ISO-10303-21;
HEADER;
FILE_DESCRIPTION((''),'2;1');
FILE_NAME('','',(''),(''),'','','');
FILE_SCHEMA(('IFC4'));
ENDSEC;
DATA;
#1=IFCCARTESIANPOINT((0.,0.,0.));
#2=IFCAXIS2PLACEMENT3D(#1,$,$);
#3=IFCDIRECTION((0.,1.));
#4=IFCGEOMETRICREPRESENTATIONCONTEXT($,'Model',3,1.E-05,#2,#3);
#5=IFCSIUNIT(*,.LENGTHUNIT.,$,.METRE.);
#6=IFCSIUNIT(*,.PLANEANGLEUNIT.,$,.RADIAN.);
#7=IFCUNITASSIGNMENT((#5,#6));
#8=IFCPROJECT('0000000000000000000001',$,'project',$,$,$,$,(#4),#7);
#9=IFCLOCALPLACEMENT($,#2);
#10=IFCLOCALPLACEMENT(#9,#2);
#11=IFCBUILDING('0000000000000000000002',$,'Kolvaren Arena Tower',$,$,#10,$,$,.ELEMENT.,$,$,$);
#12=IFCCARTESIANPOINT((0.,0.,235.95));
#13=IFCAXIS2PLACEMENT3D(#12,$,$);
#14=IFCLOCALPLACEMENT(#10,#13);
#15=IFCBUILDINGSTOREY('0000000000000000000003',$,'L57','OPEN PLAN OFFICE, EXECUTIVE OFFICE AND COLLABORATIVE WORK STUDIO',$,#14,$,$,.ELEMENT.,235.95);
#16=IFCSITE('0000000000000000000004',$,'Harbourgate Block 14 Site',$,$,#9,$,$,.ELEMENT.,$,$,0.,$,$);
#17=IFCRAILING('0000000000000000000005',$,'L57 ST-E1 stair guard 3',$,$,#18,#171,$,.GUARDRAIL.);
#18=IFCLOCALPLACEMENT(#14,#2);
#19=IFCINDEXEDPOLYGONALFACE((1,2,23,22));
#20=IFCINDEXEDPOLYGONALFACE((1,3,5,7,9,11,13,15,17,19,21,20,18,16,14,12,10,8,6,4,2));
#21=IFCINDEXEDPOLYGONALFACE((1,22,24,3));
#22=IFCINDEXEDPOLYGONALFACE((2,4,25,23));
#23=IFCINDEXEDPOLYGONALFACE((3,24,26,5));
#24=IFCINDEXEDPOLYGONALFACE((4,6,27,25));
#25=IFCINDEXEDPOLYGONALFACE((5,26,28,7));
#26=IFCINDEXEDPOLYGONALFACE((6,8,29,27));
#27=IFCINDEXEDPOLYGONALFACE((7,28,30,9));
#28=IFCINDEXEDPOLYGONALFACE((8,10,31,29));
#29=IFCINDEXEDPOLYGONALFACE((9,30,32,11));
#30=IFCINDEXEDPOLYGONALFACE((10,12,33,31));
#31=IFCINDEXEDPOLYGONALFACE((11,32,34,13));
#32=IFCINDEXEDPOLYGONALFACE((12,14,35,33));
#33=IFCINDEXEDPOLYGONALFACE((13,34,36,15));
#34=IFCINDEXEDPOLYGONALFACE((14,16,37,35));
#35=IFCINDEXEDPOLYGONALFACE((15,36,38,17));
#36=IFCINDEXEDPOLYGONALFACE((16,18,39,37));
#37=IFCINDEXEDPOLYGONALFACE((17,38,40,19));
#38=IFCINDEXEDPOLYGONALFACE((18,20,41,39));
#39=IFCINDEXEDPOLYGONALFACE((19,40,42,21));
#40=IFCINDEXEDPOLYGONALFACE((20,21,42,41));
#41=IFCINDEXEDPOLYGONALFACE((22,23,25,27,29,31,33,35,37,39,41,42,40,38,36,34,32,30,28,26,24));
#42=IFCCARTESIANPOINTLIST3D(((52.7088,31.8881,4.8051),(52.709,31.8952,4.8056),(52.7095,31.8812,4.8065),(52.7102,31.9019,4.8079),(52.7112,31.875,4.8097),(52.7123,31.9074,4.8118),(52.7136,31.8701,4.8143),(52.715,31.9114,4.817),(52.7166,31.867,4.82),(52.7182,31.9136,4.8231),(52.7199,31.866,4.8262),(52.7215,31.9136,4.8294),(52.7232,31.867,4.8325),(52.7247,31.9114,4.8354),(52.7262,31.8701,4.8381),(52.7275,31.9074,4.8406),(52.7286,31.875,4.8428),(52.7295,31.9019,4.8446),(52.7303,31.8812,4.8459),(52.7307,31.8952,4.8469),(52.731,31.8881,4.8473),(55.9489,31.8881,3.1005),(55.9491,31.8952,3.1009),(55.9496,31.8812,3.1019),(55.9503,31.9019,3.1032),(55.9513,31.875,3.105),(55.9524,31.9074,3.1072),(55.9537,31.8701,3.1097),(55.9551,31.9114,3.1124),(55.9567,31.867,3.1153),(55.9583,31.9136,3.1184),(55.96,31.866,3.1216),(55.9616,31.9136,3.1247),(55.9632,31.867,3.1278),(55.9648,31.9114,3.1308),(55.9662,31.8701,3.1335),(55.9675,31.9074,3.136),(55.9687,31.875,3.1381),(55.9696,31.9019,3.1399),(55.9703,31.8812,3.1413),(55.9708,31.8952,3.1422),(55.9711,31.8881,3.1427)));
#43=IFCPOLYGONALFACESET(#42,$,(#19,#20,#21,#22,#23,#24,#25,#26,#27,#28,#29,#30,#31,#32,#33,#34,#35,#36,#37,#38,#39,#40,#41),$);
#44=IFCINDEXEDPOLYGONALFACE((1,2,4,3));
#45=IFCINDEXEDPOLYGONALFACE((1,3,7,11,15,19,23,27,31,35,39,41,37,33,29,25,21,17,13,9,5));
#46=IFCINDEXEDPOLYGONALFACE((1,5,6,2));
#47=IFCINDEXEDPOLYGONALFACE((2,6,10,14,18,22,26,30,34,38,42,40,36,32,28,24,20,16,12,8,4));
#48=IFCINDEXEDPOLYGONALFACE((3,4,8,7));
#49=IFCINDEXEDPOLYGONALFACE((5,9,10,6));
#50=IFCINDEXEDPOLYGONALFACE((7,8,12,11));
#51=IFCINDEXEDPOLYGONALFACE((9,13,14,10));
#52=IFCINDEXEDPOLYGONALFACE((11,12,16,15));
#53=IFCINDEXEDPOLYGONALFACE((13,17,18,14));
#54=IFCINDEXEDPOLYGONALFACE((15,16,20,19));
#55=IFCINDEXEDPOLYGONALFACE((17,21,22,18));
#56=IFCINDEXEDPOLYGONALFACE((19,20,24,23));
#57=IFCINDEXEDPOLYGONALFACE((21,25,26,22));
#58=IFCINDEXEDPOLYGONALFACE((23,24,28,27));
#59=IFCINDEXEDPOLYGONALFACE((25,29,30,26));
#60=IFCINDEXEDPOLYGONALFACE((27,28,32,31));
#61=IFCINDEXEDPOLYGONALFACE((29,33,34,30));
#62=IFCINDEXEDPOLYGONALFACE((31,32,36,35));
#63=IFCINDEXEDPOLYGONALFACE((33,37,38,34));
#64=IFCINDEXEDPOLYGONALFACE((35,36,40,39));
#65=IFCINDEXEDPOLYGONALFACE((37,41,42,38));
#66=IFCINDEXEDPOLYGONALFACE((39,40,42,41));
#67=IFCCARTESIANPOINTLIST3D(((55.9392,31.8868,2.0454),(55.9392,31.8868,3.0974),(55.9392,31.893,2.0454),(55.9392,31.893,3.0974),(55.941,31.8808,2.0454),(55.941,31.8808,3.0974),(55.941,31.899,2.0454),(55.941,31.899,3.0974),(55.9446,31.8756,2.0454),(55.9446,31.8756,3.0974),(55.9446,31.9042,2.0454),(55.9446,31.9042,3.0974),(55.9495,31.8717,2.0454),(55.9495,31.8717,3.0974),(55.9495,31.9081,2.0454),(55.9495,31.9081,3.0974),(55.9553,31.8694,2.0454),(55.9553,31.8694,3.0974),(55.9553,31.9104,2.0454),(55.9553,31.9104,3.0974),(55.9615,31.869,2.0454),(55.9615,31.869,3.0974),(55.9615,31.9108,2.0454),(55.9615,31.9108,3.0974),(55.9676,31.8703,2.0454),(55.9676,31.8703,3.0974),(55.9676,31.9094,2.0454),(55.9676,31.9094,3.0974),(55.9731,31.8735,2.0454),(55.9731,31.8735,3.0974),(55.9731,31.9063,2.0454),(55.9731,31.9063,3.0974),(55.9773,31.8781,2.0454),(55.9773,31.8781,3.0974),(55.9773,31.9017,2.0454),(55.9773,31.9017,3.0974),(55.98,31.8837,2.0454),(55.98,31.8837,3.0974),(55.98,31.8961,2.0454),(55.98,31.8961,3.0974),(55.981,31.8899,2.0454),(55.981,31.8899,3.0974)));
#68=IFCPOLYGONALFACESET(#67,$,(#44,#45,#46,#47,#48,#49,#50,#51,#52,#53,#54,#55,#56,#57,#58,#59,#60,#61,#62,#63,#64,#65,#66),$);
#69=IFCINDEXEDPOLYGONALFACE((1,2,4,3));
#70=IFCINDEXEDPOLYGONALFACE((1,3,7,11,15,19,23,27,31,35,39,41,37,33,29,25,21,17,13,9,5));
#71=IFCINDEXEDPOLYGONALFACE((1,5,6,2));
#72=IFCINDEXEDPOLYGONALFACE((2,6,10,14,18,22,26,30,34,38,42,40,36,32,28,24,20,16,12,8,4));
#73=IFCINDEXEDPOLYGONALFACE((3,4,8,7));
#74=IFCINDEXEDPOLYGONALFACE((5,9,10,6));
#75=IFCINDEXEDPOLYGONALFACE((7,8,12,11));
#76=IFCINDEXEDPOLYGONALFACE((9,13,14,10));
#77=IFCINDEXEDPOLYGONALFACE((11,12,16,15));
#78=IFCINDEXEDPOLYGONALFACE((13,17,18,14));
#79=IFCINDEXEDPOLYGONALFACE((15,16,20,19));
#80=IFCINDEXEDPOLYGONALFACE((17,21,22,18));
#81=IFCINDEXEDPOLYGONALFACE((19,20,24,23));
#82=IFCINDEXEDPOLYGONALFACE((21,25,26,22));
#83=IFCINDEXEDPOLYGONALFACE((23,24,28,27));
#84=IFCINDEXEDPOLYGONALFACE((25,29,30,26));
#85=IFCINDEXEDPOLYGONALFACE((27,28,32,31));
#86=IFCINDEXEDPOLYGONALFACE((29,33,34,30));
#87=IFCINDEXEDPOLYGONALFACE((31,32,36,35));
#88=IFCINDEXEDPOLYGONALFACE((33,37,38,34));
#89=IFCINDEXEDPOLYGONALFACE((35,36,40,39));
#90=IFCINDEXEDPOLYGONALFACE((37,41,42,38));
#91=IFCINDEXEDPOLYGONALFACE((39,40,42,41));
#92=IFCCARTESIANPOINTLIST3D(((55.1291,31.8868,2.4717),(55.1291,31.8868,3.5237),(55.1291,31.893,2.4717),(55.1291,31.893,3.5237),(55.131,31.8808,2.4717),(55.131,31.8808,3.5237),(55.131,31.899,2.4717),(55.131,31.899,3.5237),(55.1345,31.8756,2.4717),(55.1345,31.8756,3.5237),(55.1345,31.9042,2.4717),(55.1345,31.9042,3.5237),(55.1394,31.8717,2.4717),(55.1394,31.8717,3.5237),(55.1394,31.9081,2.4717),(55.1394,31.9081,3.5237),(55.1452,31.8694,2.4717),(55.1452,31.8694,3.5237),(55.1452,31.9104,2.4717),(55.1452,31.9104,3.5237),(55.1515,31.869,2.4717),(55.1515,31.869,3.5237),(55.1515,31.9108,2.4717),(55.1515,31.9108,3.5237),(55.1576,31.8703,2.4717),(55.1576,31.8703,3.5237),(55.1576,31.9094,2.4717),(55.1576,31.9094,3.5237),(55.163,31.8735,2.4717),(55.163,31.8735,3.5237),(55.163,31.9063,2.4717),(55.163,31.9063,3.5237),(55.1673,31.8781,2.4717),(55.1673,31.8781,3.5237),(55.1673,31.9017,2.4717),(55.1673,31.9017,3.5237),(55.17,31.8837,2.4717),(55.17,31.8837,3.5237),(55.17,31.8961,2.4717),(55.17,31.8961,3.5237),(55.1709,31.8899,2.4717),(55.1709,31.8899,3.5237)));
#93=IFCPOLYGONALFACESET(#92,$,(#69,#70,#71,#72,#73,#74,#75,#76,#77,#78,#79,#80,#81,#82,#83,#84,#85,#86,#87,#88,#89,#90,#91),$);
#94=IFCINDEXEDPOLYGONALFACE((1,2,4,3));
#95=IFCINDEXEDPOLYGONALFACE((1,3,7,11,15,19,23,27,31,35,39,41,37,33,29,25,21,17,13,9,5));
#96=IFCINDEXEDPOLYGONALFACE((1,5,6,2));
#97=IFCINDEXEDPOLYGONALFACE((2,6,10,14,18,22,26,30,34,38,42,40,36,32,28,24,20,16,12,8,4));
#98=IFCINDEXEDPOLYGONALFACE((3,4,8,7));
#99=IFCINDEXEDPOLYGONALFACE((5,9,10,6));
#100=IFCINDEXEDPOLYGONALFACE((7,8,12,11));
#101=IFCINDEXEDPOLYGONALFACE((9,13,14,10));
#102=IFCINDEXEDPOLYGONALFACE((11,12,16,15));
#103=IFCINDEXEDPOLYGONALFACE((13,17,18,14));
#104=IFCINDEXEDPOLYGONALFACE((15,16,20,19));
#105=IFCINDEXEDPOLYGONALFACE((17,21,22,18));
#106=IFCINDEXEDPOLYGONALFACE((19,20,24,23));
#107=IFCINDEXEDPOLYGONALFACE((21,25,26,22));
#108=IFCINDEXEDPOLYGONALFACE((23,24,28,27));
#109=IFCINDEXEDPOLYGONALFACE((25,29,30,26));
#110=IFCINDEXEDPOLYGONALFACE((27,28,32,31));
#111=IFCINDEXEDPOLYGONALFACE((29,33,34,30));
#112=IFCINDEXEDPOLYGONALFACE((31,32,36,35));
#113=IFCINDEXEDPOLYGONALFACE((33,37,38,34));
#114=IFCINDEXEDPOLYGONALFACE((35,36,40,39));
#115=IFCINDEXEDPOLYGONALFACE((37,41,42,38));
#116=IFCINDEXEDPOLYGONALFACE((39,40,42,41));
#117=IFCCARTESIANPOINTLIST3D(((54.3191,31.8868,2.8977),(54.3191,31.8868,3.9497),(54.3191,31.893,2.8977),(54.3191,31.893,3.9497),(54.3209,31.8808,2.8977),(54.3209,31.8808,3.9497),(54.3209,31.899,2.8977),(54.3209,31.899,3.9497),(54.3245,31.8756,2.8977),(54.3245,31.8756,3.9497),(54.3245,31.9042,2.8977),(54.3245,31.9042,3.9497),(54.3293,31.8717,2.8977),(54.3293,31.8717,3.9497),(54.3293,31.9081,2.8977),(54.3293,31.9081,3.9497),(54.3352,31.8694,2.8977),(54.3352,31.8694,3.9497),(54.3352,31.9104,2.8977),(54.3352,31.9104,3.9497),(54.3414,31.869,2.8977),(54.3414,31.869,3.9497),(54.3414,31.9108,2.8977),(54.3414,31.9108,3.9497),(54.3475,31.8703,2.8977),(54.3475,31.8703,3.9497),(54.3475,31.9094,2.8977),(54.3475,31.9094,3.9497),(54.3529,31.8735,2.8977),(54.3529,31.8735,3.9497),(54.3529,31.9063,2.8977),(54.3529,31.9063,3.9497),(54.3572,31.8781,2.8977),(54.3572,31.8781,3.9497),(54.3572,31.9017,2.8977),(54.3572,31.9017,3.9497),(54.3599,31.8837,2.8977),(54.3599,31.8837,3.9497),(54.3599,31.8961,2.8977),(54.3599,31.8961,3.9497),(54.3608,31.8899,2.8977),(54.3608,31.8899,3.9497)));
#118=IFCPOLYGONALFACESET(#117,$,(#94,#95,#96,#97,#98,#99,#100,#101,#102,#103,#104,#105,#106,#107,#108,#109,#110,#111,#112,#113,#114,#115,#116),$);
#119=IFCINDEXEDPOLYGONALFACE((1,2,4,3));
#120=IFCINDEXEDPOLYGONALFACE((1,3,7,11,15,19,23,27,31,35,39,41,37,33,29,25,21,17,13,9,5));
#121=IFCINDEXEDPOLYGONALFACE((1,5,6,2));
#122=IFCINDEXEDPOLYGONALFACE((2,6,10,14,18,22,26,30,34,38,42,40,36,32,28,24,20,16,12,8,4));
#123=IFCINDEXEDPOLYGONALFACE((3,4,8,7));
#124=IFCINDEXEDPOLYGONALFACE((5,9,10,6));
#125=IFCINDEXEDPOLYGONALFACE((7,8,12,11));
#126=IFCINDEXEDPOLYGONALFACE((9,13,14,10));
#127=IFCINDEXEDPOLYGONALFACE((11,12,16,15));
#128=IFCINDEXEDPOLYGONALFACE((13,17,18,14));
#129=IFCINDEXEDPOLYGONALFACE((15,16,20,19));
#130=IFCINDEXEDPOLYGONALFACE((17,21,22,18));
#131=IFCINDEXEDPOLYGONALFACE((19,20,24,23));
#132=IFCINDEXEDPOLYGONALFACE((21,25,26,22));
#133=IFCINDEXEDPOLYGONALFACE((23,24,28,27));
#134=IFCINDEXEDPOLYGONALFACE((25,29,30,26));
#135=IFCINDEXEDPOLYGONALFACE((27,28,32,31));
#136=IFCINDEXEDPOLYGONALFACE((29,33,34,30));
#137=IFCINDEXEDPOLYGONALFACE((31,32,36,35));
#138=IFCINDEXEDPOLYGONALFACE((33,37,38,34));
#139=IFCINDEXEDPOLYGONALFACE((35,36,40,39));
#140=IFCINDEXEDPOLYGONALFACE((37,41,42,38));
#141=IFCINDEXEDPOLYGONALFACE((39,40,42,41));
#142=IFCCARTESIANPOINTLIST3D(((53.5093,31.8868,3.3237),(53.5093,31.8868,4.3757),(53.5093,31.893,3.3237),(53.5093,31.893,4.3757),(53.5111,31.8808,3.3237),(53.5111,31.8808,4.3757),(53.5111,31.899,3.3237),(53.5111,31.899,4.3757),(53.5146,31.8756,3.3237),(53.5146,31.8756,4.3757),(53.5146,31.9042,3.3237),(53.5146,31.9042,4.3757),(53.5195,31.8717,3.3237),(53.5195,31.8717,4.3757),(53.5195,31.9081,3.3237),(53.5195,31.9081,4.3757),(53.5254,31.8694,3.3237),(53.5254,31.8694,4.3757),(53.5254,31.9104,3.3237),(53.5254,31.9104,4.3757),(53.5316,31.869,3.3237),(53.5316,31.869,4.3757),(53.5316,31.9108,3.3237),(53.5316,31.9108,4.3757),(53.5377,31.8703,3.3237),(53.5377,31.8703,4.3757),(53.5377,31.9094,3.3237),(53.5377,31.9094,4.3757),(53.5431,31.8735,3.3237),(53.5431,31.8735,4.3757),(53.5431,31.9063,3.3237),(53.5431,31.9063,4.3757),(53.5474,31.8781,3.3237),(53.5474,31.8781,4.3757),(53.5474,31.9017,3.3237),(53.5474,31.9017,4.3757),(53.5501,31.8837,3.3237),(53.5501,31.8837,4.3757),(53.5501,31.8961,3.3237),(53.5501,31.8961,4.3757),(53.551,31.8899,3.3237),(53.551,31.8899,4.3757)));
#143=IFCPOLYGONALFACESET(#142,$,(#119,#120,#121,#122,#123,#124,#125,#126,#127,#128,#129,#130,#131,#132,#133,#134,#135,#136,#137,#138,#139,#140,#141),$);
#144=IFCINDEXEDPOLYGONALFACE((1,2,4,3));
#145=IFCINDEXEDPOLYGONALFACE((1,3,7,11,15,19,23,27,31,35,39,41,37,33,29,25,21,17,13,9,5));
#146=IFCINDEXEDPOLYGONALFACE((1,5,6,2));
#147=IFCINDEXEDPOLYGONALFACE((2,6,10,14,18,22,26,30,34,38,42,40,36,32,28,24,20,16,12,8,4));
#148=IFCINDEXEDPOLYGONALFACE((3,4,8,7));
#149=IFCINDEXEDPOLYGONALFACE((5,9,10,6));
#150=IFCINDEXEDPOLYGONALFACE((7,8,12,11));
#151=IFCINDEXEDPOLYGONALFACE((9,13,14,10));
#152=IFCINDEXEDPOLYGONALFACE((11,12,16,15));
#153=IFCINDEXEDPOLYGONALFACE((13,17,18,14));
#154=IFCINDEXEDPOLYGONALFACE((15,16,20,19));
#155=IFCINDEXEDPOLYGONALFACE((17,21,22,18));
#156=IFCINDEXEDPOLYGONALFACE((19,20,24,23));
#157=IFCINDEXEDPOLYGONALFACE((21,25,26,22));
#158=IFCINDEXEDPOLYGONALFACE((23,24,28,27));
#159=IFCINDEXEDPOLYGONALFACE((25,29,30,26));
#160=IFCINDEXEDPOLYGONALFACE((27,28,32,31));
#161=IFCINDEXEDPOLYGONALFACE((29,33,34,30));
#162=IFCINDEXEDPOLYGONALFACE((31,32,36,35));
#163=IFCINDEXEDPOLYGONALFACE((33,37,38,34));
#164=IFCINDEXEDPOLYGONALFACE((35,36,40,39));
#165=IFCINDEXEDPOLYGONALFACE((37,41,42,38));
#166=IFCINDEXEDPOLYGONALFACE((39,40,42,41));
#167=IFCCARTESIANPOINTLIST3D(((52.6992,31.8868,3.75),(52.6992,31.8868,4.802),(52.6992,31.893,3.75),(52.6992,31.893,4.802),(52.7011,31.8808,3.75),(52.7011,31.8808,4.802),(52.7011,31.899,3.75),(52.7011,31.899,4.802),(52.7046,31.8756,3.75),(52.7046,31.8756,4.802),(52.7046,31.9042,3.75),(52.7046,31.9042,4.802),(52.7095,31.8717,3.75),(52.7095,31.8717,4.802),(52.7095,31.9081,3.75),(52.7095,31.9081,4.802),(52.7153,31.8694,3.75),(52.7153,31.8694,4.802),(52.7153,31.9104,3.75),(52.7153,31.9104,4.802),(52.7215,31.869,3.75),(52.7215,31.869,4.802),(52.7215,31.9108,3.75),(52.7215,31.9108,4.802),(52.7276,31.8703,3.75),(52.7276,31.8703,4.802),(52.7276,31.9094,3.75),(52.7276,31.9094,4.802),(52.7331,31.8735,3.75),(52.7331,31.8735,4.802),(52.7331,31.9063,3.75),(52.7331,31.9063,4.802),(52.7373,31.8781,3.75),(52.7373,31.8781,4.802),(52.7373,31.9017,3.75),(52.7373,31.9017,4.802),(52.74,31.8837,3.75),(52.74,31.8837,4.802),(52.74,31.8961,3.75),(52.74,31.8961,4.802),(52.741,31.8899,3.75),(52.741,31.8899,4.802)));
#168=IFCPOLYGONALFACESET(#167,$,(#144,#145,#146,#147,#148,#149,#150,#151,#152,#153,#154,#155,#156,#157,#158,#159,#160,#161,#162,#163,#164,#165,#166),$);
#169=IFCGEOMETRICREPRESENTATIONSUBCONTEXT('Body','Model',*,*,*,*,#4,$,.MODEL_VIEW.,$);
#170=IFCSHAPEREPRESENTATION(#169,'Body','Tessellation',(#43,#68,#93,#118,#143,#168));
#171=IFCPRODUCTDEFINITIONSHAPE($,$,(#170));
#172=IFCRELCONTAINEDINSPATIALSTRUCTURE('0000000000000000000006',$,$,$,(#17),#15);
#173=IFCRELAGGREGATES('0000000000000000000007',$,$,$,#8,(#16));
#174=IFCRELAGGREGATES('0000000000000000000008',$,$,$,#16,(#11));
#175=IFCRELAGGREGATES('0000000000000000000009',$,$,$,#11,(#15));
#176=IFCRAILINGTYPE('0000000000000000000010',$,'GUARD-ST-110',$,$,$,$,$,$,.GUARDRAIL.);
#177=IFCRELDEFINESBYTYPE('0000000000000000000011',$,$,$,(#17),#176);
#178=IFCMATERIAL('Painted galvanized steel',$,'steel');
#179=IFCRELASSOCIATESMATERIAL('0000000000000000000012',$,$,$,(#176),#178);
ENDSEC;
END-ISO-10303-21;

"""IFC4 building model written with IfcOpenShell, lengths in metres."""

from ifc_helpers import new_model, si_unit, direction, frame, origin, origin_2d, place, context, subcontext, project, spatial, circle, extrude, material, type_object, element, save


model = new_model("IFC4")

# Units and contexts
model_context = context("Model", 3, precision=1e-05, world=origin(), true_north=direction((0.0, 1.0)))
body_context = subcontext(model_context, "Body", "Model", "MODEL_VIEW")
ifc_project = project(units=[si_unit("LENGTHUNIT", "METRE"), si_unit("PLANEANGLEUNIT", "RADIAN")], contexts=[model_context])

# Site, building, storey
site_placement = place(None, origin())
site = spatial("IfcSite", under=ifc_project, at=site_placement, Name="Harbourgate Block 14 Site", CompositionType="ELEMENT", RefElevation=0.0)
building_placement = place(site_placement, origin())
building = spatial("IfcBuilding", under=site, at=building_placement, Name="Kolvaren Arena Tower", CompositionType="ELEMENT")
storey_placement = place(building_placement, frame((0.0, 0.0, 235.95)))
storey = spatial("IfcBuildingStorey", under=building, at=storey_placement, Name="L57", Description="OPEN PLAN OFFICE, EXECUTIVE OFFICE AND COLLABORATIVE WORK STUDIO", CompositionType="ELEMENT", Elevation=235.95)

# Railing
ifc_material_1 = material(Name="Painted galvanized steel", Category="steel")
railing_type_1 = type_object("IfcRailingType", Name="GUARD-ST-110", PredefinedType="GUARDRAIL", material=ifc_material_1)
railing_1_placement = place(storey_placement, frame((55.96, 31.8899, 2.0454)))
element("IfcRailing", 1, at=railing_1_placement, inside=storey, type_object=railing_type_1, Name="L57 ST-E1 stair guard 3", PredefinedType="GUARDRAIL", context=body_context, shape_type="SweptSolid", body=[
    extrude(circle(Radius=0.0239, at=origin_2d()), frame((0.0, 0.0, 1.0762), z_axis=(-0.884993, 0.0, 0.465604), x_axis=(0.0, -1.0, 0.0)), (0.0, 0.0, 1.0), 3.6611),
    extrude(circle(Radius=0.021, at=origin_2d()), origin(), (0.0, 0.0, 1.0), 1.052),
    extrude(circle(Radius=0.021, at=origin_2d()), frame((-0.8101, 0.0, 0.4263)), (0.0, 0.0, 1.0), 1.052),
    extrude(circle(Radius=0.021, at=origin_2d()), frame((-1.6201, 0.0, 0.8523)), (0.0, 0.0, 1.0), 1.052),
    extrude(circle(Radius=0.021, at=origin_2d()), frame((-2.4299, 0.0, 1.2783)), (0.0, 0.0, 1.0), 1.052),
    extrude(circle(Radius=0.021, at=origin_2d()), frame((-3.24, 0.0, 1.7046)), (0.0, 0.0, 1.0), 1.052),
])

save(model, "model.ifc")
